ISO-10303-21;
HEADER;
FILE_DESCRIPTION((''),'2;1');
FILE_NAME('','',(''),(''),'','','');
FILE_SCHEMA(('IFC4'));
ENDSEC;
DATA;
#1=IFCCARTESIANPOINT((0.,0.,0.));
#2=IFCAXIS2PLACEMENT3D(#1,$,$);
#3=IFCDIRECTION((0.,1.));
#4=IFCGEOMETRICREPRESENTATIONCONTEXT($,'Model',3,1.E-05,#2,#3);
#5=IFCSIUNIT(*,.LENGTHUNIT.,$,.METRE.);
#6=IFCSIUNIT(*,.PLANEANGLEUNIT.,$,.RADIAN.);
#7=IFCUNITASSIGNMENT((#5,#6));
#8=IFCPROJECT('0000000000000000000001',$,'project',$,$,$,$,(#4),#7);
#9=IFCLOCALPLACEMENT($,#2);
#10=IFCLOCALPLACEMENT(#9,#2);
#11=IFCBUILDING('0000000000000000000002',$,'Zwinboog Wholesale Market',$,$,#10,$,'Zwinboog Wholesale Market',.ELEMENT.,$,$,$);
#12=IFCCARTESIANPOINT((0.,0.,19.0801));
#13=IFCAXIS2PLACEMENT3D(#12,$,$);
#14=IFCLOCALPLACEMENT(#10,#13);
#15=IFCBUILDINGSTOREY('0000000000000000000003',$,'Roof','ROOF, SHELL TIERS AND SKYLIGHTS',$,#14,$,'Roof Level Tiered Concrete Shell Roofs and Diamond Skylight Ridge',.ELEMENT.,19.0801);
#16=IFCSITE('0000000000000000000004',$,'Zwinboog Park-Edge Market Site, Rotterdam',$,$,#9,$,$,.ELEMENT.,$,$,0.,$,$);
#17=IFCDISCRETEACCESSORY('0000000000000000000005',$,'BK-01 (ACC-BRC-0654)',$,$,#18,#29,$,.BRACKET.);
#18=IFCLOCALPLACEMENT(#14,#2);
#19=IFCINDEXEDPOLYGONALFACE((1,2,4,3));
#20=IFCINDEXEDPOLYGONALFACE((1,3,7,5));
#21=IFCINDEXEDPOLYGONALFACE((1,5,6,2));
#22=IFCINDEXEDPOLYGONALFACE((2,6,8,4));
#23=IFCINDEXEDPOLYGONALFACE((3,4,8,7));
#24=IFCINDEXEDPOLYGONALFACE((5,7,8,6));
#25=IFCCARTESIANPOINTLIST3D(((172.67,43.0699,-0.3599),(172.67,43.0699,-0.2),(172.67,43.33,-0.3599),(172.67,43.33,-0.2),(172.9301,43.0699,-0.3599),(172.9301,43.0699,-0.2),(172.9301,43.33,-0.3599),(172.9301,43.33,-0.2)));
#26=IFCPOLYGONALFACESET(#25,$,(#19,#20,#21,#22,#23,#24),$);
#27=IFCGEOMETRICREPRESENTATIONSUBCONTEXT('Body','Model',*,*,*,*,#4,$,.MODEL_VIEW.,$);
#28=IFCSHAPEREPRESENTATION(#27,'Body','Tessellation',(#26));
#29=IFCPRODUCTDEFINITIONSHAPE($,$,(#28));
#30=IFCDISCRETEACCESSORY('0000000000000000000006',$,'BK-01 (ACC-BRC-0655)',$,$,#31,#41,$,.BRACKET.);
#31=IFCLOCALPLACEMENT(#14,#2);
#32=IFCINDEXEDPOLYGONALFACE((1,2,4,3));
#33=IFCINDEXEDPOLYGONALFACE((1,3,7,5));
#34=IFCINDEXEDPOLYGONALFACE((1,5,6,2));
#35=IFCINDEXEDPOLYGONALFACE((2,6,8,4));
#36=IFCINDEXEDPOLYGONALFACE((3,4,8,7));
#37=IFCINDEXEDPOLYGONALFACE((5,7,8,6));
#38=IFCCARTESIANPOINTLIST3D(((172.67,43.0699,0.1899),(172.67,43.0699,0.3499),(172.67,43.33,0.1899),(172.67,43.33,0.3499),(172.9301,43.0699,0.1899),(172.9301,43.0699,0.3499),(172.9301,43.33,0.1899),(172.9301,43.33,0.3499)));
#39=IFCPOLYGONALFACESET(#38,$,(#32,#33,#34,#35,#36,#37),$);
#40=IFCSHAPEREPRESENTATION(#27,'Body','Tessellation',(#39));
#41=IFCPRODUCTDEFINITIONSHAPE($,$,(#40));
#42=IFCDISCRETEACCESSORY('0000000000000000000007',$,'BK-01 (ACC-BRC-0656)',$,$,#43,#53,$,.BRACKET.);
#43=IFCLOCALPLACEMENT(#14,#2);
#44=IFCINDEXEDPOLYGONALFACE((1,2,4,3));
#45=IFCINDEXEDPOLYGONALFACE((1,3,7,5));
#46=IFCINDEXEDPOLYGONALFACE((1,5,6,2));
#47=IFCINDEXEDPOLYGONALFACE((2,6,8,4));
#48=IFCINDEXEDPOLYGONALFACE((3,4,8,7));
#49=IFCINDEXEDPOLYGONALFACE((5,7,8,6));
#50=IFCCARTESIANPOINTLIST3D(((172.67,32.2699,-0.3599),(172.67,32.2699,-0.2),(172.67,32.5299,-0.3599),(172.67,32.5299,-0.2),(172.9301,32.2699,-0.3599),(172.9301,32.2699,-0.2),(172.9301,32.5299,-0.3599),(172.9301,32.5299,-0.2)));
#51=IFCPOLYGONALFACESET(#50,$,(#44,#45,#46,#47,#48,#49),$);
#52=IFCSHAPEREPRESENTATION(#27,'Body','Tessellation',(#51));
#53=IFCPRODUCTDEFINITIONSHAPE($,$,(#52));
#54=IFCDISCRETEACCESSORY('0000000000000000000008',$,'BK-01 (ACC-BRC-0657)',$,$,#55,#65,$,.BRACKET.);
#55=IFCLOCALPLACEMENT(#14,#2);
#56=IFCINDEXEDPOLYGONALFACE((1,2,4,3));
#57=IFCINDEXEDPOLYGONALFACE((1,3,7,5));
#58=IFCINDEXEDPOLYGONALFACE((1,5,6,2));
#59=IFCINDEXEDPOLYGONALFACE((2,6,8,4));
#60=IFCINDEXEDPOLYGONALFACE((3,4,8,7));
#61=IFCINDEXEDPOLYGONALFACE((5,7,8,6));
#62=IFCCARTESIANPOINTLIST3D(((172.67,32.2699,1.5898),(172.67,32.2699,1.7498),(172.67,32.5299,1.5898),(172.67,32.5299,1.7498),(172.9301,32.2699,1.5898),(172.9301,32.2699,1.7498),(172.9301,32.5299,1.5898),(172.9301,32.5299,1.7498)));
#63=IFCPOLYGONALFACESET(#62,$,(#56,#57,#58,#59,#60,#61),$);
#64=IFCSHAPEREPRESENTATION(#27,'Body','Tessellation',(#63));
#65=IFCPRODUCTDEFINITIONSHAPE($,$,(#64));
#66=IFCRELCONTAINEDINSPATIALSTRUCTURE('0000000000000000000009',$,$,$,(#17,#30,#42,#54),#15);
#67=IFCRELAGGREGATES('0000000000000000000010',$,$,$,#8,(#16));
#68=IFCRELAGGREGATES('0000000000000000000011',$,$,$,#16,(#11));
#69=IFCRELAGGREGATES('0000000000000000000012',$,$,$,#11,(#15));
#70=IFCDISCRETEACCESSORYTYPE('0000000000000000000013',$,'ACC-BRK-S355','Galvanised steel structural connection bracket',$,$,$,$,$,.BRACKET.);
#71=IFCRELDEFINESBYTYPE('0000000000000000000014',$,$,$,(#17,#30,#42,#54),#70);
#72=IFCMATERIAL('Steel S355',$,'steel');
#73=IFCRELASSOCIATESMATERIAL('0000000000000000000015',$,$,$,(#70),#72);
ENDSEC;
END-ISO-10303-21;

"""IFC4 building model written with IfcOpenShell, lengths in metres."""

from ifc_helpers import new_model, si_unit, direction, frame, origin, origin_2d, place, context, subcontext, project, spatial, rectangle, extrude, material, type_object, element, save


model = new_model("IFC4")

# Units and contexts
model_context = context("Model", 3, precision=1e-05, world=origin(), true_north=direction((0.0, 1.0)))
body_context = subcontext(model_context, "Body", "Model", "MODEL_VIEW")
ifc_project = project(units=[si_unit("LENGTHUNIT", "METRE"), si_unit("PLANEANGLEUNIT", "RADIAN")], contexts=[model_context])

# Site, building, storey
site_placement = place(None, origin())
site = spatial("IfcSite", under=ifc_project, at=site_placement, Name="Zwinboog Park-Edge Market Site, Rotterdam", CompositionType="ELEMENT", RefElevation=0.0)
building_placement = place(site_placement, origin())
building = spatial("IfcBuilding", under=site, at=building_placement, Name="Zwinboog Wholesale Market", LongName="Zwinboog Wholesale Market", CompositionType="ELEMENT")
storey_placement = place(building_placement, frame((0.0, 0.0, 19.0801)))
storey = spatial("IfcBuildingStorey", under=building, at=storey_placement, Name="Roof", Description="ROOF, SHELL TIERS AND SKYLIGHTS", LongName="Roof Level Tiered Concrete Shell Roofs and Diamond Skylight Ridge", CompositionType="ELEMENT", Elevation=19.0801)

# Shared definitions
ifc_material_1 = material(Name="Steel S355", Category="steel")

# Discrete accessories
discrete_accessory_type = type_object("IfcDiscreteAccessoryType", Name="ACC-BRK-S355", Description="Galvanised steel structural connection bracket", PredefinedType="BRACKET", material=ifc_material_1)
for number, where, z_axis, x_axis, name in (
    (1, (172.8, 43.2, -0.3599), (0.0, 0.0, 1.0), (1.0, 0.0, 0.0), "BK-01 (ACC-BRC-0654)"),
    (2, (172.8, 43.2, 0.1899), (0.0, 0.0, 1.0), (1.0, 0.0, 0.0), "BK-01 (ACC-BRC-0655)"),
    (3, (172.8, 32.3999, -0.3599), (0.0, 0.0, 1.0), (1.0, 0.0, 0.0), "BK-01 (ACC-BRC-0656)"),
    (4, (172.8, 32.3999, 1.5898), (0.0, 0.0, 1.0), (1.0, 0.0, 0.0), "BK-01 (ACC-BRC-0657)"),
):
    element("IfcDiscreteAccessory", number, at=place(storey_placement, frame(where, z_axis=z_axis, x_axis=x_axis)), inside=storey, type_object=discrete_accessory_type, Name=name, PredefinedType="BRACKET", context=body_context, shape_type="SweptSolid", body=[
        extrude(rectangle(XDim=0.26, YDim=0.26, at=origin_2d()), origin(), (0.0, 0.0, 1.0), 0.1599),
    ])

save(model, "model.ifc")
